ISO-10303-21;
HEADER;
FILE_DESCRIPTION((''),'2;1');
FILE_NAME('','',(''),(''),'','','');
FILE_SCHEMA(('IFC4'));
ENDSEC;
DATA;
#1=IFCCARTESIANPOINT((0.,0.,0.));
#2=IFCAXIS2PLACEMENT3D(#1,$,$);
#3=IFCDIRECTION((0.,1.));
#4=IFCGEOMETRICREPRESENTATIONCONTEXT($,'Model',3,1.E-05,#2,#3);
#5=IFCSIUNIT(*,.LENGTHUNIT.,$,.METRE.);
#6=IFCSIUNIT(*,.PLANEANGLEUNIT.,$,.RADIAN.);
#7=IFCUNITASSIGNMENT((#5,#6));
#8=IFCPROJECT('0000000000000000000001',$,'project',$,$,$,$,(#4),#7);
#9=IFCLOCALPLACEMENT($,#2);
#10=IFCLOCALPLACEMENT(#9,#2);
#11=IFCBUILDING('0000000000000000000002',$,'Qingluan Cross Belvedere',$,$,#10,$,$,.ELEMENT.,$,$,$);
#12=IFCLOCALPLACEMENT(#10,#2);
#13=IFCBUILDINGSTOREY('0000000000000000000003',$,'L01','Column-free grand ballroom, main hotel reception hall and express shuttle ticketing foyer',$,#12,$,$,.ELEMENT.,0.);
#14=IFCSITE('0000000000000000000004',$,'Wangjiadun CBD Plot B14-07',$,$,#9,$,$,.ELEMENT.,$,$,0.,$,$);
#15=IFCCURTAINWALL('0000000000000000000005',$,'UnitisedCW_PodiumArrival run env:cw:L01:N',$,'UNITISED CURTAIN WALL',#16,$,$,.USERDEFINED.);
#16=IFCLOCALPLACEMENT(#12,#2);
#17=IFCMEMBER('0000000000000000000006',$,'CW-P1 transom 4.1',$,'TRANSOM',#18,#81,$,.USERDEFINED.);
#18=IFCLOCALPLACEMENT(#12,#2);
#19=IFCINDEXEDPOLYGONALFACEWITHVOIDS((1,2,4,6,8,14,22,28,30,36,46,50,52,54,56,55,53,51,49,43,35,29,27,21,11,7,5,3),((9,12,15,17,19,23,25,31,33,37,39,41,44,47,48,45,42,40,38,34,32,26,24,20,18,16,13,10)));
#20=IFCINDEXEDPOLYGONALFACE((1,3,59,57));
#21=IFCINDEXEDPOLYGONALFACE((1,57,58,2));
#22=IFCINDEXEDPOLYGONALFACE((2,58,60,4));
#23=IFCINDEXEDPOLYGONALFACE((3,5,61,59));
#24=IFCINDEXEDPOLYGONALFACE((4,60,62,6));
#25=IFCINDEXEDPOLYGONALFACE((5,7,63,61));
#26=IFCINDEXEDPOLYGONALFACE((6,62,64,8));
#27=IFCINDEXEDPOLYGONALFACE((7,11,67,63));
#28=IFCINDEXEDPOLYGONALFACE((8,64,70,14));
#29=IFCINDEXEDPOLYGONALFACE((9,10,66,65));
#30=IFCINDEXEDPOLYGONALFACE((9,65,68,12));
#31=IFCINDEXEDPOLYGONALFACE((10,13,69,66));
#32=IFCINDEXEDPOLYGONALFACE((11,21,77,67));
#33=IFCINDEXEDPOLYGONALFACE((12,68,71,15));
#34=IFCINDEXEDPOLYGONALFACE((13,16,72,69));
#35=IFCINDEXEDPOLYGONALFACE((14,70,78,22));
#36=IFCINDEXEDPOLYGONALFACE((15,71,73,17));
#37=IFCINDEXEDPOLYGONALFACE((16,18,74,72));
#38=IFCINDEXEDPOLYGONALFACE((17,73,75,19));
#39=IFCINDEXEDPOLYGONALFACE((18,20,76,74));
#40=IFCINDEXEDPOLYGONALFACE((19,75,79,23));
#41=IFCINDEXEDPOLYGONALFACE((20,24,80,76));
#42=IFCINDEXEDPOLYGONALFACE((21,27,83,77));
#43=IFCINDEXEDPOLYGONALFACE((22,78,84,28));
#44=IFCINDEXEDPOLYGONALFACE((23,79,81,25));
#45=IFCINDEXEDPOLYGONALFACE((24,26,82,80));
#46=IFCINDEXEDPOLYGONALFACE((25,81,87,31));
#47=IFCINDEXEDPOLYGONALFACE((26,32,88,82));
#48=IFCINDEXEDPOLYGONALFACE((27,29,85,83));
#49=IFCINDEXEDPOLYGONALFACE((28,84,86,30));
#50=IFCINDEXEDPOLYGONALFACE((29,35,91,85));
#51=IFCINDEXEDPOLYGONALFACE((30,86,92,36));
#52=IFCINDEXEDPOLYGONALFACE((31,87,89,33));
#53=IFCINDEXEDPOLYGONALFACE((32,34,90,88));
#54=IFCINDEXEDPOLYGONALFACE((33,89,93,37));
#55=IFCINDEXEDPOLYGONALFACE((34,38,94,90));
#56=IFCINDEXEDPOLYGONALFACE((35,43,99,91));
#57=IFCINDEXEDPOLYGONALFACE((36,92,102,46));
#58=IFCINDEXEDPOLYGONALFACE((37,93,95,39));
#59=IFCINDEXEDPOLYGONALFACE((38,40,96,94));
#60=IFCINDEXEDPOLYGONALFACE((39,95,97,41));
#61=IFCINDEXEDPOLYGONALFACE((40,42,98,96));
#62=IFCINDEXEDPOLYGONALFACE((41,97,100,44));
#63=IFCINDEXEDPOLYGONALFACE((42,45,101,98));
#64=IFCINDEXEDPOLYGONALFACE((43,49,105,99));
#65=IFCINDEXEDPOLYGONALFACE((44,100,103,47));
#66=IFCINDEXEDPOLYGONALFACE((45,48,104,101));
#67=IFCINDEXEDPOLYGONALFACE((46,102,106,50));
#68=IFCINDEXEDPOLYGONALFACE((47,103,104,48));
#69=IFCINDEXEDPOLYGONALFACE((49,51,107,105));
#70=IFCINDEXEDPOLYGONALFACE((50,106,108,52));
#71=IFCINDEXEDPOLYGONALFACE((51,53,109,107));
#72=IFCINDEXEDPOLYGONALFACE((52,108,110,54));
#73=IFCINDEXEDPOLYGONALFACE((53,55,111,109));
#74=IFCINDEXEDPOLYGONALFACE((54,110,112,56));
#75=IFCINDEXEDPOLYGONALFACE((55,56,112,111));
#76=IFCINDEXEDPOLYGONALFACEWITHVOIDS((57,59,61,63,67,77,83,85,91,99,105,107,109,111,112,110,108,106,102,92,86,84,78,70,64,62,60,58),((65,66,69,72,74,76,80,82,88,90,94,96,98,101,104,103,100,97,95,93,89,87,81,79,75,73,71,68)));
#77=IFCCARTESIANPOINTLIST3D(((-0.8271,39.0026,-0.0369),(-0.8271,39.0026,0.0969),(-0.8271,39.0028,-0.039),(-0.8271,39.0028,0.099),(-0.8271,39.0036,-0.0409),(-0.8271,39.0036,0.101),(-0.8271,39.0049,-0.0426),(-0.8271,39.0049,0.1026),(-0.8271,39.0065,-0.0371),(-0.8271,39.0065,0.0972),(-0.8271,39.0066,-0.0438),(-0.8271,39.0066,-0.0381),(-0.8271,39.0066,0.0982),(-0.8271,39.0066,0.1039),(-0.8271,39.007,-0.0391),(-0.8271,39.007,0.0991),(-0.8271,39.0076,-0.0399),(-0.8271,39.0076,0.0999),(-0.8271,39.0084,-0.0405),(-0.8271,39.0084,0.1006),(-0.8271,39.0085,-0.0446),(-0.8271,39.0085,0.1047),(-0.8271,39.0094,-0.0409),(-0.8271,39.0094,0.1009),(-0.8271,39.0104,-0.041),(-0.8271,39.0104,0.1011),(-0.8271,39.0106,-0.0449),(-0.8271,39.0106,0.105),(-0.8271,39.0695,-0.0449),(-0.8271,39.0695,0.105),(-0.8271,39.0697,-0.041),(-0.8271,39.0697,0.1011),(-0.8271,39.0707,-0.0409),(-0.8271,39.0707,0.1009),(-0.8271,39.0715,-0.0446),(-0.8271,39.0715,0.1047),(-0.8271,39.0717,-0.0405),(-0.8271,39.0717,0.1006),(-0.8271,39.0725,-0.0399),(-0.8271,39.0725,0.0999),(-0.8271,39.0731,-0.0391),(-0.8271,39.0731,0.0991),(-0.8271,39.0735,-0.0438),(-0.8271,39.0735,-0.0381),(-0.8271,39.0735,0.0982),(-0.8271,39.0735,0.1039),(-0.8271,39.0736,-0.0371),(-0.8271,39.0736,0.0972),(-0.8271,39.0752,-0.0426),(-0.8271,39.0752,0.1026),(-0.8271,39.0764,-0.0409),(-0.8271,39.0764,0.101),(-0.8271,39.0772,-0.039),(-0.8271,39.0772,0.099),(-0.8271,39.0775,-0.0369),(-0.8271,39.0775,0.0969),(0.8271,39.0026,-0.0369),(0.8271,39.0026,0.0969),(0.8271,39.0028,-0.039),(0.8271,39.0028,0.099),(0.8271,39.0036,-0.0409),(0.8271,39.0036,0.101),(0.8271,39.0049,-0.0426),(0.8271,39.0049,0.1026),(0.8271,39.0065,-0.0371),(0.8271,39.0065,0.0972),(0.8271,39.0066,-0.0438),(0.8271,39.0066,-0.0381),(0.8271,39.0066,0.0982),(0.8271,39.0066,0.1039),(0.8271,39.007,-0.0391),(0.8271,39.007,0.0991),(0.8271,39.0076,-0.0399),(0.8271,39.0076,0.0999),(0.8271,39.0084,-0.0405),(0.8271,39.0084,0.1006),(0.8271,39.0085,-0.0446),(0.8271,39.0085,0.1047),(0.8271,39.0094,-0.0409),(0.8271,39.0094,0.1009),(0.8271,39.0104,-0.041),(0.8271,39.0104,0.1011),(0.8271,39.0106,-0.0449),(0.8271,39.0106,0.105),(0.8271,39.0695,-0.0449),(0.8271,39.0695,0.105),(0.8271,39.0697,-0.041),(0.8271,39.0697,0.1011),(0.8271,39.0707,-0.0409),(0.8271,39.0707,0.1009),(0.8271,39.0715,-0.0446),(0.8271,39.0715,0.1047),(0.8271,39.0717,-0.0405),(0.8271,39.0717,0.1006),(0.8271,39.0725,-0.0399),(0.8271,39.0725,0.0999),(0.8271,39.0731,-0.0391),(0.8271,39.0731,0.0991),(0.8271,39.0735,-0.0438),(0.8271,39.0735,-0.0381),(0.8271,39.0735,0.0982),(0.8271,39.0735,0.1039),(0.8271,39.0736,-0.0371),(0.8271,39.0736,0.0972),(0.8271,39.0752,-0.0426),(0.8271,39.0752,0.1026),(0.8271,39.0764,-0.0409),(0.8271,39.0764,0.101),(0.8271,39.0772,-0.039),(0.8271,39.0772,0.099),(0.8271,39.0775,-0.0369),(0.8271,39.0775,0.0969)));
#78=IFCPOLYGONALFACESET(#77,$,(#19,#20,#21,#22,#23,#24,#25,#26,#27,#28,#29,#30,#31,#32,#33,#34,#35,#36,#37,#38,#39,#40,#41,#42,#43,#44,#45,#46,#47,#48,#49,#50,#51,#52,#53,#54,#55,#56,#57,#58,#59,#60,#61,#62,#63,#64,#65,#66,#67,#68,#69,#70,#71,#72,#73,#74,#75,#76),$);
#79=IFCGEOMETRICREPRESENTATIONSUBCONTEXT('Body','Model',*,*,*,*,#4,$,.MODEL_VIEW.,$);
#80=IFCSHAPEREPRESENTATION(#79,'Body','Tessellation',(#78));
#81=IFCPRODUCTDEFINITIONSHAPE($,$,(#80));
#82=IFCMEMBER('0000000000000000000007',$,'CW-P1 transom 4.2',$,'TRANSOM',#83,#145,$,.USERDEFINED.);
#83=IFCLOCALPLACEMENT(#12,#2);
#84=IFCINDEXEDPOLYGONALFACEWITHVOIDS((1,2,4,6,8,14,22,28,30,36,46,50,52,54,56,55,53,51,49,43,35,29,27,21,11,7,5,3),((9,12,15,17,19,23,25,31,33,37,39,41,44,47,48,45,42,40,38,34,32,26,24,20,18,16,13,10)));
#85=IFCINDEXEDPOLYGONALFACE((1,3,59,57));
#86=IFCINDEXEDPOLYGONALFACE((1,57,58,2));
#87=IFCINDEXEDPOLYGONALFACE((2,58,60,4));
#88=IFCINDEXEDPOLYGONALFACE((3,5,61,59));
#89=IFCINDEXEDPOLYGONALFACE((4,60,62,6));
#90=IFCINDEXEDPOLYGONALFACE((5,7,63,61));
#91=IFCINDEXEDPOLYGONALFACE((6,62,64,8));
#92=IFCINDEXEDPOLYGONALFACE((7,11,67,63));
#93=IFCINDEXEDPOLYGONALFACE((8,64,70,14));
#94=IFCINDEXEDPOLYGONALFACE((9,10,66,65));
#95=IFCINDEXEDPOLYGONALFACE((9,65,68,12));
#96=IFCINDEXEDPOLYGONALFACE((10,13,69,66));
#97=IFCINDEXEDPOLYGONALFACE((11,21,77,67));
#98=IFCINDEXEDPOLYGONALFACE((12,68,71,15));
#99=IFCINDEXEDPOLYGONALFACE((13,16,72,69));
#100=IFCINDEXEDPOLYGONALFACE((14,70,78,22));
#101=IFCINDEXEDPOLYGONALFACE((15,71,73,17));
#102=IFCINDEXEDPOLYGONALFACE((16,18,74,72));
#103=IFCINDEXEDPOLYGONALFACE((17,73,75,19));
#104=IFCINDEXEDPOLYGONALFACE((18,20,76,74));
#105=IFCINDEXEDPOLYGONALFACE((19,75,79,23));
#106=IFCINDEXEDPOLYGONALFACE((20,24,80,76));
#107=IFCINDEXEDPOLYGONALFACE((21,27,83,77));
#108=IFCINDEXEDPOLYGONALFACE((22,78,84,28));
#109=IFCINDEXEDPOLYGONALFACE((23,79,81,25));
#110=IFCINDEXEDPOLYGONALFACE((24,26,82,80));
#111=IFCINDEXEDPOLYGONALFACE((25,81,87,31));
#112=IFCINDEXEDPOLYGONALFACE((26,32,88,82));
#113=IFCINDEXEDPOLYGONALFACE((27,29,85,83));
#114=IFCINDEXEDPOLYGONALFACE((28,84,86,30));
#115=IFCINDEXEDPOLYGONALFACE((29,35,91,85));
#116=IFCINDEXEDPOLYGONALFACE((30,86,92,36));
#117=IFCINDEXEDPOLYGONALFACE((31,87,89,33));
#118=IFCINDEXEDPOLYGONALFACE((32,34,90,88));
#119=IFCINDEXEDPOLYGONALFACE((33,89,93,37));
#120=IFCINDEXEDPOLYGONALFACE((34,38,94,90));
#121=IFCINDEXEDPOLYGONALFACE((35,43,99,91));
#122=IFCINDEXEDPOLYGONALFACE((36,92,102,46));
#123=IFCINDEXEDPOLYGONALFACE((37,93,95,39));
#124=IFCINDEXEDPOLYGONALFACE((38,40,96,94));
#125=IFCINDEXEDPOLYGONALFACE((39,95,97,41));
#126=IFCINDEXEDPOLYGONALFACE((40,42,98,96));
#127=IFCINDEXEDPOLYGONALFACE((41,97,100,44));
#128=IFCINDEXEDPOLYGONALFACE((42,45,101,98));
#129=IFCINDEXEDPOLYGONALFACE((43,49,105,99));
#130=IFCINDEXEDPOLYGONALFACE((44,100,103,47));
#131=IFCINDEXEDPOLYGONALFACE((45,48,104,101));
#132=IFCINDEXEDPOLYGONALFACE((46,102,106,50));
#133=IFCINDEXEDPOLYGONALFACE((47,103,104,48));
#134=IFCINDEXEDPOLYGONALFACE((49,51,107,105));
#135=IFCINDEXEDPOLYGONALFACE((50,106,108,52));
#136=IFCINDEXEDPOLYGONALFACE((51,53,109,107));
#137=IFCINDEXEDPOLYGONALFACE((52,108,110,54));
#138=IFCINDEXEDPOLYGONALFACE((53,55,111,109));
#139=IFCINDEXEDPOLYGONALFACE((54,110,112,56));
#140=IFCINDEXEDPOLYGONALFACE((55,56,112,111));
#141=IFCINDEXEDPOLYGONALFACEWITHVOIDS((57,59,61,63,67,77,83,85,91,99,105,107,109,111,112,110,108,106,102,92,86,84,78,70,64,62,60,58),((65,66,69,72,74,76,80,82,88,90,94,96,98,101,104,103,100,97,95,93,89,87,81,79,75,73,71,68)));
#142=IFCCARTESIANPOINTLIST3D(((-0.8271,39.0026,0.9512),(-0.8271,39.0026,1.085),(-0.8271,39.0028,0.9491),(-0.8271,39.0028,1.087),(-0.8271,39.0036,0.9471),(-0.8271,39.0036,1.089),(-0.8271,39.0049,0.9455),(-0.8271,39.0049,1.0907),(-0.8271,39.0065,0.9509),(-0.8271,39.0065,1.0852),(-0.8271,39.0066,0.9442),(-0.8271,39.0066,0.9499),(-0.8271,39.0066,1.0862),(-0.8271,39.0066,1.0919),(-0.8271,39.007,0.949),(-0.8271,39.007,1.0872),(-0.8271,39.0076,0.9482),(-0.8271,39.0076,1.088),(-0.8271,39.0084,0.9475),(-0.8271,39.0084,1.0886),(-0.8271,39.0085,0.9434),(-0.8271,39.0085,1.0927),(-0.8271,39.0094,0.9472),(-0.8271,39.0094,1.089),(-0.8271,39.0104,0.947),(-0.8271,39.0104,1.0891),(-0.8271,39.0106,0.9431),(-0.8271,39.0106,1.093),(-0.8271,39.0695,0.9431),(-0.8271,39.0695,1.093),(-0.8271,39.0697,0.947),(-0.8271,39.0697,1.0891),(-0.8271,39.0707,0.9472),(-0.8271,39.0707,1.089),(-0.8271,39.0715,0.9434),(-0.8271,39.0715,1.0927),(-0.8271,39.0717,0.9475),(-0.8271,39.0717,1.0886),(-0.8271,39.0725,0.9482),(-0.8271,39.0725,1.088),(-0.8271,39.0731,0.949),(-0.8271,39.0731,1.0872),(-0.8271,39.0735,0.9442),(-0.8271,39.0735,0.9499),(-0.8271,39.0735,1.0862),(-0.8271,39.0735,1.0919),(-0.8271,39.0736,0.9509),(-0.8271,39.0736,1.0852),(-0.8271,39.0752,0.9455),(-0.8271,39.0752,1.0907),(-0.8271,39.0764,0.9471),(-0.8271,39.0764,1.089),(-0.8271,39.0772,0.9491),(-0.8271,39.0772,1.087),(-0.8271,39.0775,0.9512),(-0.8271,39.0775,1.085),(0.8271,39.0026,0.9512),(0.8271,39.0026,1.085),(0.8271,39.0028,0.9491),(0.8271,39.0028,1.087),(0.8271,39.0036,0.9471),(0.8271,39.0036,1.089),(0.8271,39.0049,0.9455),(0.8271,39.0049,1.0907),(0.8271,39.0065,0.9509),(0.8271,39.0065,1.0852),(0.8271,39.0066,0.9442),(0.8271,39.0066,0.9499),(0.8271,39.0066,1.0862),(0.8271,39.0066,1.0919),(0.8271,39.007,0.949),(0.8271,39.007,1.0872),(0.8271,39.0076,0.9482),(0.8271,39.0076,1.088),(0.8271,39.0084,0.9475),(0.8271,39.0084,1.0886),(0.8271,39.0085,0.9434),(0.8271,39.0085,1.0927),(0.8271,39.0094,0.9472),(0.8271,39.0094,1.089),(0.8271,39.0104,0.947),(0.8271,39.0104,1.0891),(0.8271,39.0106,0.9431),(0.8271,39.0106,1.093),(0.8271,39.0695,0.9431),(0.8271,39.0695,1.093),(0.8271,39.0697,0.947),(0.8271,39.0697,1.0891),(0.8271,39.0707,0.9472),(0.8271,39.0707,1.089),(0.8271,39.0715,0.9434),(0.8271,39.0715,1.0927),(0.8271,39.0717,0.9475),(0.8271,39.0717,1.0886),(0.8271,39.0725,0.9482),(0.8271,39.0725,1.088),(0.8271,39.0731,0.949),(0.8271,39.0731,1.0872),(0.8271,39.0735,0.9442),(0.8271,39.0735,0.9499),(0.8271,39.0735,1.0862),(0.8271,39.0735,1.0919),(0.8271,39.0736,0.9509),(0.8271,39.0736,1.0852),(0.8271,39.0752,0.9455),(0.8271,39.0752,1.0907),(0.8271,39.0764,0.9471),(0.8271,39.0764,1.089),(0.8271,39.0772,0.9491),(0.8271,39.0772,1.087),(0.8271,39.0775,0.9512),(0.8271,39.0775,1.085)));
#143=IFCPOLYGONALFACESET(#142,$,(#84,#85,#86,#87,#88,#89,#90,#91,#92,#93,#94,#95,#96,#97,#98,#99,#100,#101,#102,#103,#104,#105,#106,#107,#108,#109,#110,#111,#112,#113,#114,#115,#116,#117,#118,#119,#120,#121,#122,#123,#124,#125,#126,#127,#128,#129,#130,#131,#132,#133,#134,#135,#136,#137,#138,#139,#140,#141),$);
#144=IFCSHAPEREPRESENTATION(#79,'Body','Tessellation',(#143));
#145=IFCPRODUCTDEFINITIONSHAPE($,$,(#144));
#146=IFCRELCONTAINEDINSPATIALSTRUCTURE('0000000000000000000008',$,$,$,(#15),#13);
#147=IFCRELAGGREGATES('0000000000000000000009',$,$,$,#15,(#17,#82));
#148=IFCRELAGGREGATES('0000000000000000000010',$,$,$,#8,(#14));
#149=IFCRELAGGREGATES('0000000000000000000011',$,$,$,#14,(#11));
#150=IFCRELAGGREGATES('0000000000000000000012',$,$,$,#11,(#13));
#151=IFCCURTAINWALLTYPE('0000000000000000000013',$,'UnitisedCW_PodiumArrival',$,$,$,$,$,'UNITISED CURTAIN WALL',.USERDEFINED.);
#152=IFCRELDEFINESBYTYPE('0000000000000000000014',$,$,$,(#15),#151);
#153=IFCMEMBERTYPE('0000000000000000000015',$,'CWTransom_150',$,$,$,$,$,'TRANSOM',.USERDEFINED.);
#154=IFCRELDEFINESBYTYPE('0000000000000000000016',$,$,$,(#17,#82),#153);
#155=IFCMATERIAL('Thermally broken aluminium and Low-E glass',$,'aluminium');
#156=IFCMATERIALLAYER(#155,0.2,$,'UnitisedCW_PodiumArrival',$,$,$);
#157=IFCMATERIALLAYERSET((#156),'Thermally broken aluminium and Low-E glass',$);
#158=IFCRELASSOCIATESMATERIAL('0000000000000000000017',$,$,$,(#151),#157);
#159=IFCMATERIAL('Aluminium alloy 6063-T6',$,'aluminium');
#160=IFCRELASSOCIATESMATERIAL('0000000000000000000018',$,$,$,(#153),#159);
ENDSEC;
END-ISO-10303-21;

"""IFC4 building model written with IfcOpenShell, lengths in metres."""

from ifc_helpers import new_model, si_unit, direction, frame, origin, origin_2d, place, context, subcontext, project, spatial, hollow_rectangle, extrude, material, layer, layer_set, material_profile, profile_set, type_object, element, aggregate, save


model = new_model("IFC4")

# Units and contexts
model_context = context("Model", 3, precision=1e-05, world=origin(), true_north=direction((0.0, 1.0)))
body_context = subcontext(model_context, "Body", "Model", "MODEL_VIEW")
ifc_project = project(units=[si_unit("LENGTHUNIT", "METRE"), si_unit("PLANEANGLEUNIT", "RADIAN")], contexts=[model_context])

# Site, building, storey
site_placement = place(None, origin())
site = spatial("IfcSite", under=ifc_project, at=site_placement, Name="Wangjiadun CBD Plot B14-07", CompositionType="ELEMENT", RefElevation=0.0)
building_placement = place(site_placement, origin())
building = spatial("IfcBuilding", under=site, at=building_placement, Name="Qingluan Cross Belvedere", CompositionType="ELEMENT")
storey_placement = place(building_placement, origin())
storey = spatial("IfcBuildingStorey", under=building, at=storey_placement, Name="L01", Description="Column-free grand ballroom, main hotel reception hall and express shuttle ticketing foyer", CompositionType="ELEMENT", Elevation=0.0)

# Curtain wall, members
ifc_material_1 = material(Name="Thermally broken aluminium and Low-E glass", Category="aluminium")
ifc_layer_1 = layer(ifc_material_1, 0.2, Name="UnitisedCW_PodiumArrival")
ifc_layer_set_1 = layer_set([ifc_layer_1], Name="Thermally broken aluminium and Low-E glass")
curtain_wall_type = type_object("IfcCurtainWallType", Name="UnitisedCW_PodiumArrival", ElementType="UNITISED CURTAIN WALL", PredefinedType="USERDEFINED", material=ifc_layer_set_1)
curtain_wall_placement = place(storey_placement, origin())
curtain_wall = element("IfcCurtainWall", 1, at=curtain_wall_placement, inside=storey, type_object=curtain_wall_type, Name="UnitisedCW_PodiumArrival run env:cw:L01:N", ObjectType="UNITISED CURTAIN WALL", PredefinedType="USERDEFINED")
ifc_material_2 = material(Name="Aluminium alloy 6063-T6", Category="aluminium")
ifc_material_profile_1 = material_profile(ifc_material_2, hollow_rectangle(XDim=0.075, YDim=0.1499, WallThickness=0.0039, InnerFilletRadius=0.0039, OuterFilletRadius=0.0081, at=origin_2d()), Name="CWT150x75x4")
ifc_profile_set_1 = profile_set([ifc_material_profile_1], Name="Aluminium alloy 6063-T6")
member_type_1 = type_object("IfcMemberType", Name="CWTransom_150", ElementType="TRANSOM", PredefinedType="USERDEFINED", material=ifc_profile_set_1)
member_1_placement = place(storey_placement, frame((-0.8271, 39.04, 0.03), z_axis=(1.0, 0.0, 0.0), x_axis=(0.0, 1.0, 0.0)))
member_1 = element("IfcMember", 2, at=member_1_placement, type_object=member_type_1, Name="CW-P1 transom 4.1", ObjectType="TRANSOM", PredefinedType="USERDEFINED", context=body_context, shape_type="SweptSolid", body=[
    extrude(hollow_rectangle(XDim=0.075, YDim=0.1499, WallThickness=0.0039, InnerFilletRadius=0.0039, OuterFilletRadius=0.0081, at=origin_2d()), origin(), (0.0, 0.0, 1.0), 1.6543),
])
member_2_placement = place(storey_placement, frame((-0.8271, 39.04, 1.0181), z_axis=(1.0, 0.0, 0.0), x_axis=(0.0, 1.0, 0.0)))
member_2 = element("IfcMember", 3, at=member_2_placement, type_object=member_type_1, Name="CW-P1 transom 4.2", ObjectType="TRANSOM", PredefinedType="USERDEFINED", context=body_context, shape_type="SweptSolid", body=[
    extrude(hollow_rectangle(XDim=0.075, YDim=0.1499, WallThickness=0.0039, InnerFilletRadius=0.0039, OuterFilletRadius=0.0081, at=origin_2d()), origin(), (0.0, 0.0, 1.0), 1.6543),
])

aggregate(curtain_wall, [member_1, member_2])

save(model, "model.ifc")
